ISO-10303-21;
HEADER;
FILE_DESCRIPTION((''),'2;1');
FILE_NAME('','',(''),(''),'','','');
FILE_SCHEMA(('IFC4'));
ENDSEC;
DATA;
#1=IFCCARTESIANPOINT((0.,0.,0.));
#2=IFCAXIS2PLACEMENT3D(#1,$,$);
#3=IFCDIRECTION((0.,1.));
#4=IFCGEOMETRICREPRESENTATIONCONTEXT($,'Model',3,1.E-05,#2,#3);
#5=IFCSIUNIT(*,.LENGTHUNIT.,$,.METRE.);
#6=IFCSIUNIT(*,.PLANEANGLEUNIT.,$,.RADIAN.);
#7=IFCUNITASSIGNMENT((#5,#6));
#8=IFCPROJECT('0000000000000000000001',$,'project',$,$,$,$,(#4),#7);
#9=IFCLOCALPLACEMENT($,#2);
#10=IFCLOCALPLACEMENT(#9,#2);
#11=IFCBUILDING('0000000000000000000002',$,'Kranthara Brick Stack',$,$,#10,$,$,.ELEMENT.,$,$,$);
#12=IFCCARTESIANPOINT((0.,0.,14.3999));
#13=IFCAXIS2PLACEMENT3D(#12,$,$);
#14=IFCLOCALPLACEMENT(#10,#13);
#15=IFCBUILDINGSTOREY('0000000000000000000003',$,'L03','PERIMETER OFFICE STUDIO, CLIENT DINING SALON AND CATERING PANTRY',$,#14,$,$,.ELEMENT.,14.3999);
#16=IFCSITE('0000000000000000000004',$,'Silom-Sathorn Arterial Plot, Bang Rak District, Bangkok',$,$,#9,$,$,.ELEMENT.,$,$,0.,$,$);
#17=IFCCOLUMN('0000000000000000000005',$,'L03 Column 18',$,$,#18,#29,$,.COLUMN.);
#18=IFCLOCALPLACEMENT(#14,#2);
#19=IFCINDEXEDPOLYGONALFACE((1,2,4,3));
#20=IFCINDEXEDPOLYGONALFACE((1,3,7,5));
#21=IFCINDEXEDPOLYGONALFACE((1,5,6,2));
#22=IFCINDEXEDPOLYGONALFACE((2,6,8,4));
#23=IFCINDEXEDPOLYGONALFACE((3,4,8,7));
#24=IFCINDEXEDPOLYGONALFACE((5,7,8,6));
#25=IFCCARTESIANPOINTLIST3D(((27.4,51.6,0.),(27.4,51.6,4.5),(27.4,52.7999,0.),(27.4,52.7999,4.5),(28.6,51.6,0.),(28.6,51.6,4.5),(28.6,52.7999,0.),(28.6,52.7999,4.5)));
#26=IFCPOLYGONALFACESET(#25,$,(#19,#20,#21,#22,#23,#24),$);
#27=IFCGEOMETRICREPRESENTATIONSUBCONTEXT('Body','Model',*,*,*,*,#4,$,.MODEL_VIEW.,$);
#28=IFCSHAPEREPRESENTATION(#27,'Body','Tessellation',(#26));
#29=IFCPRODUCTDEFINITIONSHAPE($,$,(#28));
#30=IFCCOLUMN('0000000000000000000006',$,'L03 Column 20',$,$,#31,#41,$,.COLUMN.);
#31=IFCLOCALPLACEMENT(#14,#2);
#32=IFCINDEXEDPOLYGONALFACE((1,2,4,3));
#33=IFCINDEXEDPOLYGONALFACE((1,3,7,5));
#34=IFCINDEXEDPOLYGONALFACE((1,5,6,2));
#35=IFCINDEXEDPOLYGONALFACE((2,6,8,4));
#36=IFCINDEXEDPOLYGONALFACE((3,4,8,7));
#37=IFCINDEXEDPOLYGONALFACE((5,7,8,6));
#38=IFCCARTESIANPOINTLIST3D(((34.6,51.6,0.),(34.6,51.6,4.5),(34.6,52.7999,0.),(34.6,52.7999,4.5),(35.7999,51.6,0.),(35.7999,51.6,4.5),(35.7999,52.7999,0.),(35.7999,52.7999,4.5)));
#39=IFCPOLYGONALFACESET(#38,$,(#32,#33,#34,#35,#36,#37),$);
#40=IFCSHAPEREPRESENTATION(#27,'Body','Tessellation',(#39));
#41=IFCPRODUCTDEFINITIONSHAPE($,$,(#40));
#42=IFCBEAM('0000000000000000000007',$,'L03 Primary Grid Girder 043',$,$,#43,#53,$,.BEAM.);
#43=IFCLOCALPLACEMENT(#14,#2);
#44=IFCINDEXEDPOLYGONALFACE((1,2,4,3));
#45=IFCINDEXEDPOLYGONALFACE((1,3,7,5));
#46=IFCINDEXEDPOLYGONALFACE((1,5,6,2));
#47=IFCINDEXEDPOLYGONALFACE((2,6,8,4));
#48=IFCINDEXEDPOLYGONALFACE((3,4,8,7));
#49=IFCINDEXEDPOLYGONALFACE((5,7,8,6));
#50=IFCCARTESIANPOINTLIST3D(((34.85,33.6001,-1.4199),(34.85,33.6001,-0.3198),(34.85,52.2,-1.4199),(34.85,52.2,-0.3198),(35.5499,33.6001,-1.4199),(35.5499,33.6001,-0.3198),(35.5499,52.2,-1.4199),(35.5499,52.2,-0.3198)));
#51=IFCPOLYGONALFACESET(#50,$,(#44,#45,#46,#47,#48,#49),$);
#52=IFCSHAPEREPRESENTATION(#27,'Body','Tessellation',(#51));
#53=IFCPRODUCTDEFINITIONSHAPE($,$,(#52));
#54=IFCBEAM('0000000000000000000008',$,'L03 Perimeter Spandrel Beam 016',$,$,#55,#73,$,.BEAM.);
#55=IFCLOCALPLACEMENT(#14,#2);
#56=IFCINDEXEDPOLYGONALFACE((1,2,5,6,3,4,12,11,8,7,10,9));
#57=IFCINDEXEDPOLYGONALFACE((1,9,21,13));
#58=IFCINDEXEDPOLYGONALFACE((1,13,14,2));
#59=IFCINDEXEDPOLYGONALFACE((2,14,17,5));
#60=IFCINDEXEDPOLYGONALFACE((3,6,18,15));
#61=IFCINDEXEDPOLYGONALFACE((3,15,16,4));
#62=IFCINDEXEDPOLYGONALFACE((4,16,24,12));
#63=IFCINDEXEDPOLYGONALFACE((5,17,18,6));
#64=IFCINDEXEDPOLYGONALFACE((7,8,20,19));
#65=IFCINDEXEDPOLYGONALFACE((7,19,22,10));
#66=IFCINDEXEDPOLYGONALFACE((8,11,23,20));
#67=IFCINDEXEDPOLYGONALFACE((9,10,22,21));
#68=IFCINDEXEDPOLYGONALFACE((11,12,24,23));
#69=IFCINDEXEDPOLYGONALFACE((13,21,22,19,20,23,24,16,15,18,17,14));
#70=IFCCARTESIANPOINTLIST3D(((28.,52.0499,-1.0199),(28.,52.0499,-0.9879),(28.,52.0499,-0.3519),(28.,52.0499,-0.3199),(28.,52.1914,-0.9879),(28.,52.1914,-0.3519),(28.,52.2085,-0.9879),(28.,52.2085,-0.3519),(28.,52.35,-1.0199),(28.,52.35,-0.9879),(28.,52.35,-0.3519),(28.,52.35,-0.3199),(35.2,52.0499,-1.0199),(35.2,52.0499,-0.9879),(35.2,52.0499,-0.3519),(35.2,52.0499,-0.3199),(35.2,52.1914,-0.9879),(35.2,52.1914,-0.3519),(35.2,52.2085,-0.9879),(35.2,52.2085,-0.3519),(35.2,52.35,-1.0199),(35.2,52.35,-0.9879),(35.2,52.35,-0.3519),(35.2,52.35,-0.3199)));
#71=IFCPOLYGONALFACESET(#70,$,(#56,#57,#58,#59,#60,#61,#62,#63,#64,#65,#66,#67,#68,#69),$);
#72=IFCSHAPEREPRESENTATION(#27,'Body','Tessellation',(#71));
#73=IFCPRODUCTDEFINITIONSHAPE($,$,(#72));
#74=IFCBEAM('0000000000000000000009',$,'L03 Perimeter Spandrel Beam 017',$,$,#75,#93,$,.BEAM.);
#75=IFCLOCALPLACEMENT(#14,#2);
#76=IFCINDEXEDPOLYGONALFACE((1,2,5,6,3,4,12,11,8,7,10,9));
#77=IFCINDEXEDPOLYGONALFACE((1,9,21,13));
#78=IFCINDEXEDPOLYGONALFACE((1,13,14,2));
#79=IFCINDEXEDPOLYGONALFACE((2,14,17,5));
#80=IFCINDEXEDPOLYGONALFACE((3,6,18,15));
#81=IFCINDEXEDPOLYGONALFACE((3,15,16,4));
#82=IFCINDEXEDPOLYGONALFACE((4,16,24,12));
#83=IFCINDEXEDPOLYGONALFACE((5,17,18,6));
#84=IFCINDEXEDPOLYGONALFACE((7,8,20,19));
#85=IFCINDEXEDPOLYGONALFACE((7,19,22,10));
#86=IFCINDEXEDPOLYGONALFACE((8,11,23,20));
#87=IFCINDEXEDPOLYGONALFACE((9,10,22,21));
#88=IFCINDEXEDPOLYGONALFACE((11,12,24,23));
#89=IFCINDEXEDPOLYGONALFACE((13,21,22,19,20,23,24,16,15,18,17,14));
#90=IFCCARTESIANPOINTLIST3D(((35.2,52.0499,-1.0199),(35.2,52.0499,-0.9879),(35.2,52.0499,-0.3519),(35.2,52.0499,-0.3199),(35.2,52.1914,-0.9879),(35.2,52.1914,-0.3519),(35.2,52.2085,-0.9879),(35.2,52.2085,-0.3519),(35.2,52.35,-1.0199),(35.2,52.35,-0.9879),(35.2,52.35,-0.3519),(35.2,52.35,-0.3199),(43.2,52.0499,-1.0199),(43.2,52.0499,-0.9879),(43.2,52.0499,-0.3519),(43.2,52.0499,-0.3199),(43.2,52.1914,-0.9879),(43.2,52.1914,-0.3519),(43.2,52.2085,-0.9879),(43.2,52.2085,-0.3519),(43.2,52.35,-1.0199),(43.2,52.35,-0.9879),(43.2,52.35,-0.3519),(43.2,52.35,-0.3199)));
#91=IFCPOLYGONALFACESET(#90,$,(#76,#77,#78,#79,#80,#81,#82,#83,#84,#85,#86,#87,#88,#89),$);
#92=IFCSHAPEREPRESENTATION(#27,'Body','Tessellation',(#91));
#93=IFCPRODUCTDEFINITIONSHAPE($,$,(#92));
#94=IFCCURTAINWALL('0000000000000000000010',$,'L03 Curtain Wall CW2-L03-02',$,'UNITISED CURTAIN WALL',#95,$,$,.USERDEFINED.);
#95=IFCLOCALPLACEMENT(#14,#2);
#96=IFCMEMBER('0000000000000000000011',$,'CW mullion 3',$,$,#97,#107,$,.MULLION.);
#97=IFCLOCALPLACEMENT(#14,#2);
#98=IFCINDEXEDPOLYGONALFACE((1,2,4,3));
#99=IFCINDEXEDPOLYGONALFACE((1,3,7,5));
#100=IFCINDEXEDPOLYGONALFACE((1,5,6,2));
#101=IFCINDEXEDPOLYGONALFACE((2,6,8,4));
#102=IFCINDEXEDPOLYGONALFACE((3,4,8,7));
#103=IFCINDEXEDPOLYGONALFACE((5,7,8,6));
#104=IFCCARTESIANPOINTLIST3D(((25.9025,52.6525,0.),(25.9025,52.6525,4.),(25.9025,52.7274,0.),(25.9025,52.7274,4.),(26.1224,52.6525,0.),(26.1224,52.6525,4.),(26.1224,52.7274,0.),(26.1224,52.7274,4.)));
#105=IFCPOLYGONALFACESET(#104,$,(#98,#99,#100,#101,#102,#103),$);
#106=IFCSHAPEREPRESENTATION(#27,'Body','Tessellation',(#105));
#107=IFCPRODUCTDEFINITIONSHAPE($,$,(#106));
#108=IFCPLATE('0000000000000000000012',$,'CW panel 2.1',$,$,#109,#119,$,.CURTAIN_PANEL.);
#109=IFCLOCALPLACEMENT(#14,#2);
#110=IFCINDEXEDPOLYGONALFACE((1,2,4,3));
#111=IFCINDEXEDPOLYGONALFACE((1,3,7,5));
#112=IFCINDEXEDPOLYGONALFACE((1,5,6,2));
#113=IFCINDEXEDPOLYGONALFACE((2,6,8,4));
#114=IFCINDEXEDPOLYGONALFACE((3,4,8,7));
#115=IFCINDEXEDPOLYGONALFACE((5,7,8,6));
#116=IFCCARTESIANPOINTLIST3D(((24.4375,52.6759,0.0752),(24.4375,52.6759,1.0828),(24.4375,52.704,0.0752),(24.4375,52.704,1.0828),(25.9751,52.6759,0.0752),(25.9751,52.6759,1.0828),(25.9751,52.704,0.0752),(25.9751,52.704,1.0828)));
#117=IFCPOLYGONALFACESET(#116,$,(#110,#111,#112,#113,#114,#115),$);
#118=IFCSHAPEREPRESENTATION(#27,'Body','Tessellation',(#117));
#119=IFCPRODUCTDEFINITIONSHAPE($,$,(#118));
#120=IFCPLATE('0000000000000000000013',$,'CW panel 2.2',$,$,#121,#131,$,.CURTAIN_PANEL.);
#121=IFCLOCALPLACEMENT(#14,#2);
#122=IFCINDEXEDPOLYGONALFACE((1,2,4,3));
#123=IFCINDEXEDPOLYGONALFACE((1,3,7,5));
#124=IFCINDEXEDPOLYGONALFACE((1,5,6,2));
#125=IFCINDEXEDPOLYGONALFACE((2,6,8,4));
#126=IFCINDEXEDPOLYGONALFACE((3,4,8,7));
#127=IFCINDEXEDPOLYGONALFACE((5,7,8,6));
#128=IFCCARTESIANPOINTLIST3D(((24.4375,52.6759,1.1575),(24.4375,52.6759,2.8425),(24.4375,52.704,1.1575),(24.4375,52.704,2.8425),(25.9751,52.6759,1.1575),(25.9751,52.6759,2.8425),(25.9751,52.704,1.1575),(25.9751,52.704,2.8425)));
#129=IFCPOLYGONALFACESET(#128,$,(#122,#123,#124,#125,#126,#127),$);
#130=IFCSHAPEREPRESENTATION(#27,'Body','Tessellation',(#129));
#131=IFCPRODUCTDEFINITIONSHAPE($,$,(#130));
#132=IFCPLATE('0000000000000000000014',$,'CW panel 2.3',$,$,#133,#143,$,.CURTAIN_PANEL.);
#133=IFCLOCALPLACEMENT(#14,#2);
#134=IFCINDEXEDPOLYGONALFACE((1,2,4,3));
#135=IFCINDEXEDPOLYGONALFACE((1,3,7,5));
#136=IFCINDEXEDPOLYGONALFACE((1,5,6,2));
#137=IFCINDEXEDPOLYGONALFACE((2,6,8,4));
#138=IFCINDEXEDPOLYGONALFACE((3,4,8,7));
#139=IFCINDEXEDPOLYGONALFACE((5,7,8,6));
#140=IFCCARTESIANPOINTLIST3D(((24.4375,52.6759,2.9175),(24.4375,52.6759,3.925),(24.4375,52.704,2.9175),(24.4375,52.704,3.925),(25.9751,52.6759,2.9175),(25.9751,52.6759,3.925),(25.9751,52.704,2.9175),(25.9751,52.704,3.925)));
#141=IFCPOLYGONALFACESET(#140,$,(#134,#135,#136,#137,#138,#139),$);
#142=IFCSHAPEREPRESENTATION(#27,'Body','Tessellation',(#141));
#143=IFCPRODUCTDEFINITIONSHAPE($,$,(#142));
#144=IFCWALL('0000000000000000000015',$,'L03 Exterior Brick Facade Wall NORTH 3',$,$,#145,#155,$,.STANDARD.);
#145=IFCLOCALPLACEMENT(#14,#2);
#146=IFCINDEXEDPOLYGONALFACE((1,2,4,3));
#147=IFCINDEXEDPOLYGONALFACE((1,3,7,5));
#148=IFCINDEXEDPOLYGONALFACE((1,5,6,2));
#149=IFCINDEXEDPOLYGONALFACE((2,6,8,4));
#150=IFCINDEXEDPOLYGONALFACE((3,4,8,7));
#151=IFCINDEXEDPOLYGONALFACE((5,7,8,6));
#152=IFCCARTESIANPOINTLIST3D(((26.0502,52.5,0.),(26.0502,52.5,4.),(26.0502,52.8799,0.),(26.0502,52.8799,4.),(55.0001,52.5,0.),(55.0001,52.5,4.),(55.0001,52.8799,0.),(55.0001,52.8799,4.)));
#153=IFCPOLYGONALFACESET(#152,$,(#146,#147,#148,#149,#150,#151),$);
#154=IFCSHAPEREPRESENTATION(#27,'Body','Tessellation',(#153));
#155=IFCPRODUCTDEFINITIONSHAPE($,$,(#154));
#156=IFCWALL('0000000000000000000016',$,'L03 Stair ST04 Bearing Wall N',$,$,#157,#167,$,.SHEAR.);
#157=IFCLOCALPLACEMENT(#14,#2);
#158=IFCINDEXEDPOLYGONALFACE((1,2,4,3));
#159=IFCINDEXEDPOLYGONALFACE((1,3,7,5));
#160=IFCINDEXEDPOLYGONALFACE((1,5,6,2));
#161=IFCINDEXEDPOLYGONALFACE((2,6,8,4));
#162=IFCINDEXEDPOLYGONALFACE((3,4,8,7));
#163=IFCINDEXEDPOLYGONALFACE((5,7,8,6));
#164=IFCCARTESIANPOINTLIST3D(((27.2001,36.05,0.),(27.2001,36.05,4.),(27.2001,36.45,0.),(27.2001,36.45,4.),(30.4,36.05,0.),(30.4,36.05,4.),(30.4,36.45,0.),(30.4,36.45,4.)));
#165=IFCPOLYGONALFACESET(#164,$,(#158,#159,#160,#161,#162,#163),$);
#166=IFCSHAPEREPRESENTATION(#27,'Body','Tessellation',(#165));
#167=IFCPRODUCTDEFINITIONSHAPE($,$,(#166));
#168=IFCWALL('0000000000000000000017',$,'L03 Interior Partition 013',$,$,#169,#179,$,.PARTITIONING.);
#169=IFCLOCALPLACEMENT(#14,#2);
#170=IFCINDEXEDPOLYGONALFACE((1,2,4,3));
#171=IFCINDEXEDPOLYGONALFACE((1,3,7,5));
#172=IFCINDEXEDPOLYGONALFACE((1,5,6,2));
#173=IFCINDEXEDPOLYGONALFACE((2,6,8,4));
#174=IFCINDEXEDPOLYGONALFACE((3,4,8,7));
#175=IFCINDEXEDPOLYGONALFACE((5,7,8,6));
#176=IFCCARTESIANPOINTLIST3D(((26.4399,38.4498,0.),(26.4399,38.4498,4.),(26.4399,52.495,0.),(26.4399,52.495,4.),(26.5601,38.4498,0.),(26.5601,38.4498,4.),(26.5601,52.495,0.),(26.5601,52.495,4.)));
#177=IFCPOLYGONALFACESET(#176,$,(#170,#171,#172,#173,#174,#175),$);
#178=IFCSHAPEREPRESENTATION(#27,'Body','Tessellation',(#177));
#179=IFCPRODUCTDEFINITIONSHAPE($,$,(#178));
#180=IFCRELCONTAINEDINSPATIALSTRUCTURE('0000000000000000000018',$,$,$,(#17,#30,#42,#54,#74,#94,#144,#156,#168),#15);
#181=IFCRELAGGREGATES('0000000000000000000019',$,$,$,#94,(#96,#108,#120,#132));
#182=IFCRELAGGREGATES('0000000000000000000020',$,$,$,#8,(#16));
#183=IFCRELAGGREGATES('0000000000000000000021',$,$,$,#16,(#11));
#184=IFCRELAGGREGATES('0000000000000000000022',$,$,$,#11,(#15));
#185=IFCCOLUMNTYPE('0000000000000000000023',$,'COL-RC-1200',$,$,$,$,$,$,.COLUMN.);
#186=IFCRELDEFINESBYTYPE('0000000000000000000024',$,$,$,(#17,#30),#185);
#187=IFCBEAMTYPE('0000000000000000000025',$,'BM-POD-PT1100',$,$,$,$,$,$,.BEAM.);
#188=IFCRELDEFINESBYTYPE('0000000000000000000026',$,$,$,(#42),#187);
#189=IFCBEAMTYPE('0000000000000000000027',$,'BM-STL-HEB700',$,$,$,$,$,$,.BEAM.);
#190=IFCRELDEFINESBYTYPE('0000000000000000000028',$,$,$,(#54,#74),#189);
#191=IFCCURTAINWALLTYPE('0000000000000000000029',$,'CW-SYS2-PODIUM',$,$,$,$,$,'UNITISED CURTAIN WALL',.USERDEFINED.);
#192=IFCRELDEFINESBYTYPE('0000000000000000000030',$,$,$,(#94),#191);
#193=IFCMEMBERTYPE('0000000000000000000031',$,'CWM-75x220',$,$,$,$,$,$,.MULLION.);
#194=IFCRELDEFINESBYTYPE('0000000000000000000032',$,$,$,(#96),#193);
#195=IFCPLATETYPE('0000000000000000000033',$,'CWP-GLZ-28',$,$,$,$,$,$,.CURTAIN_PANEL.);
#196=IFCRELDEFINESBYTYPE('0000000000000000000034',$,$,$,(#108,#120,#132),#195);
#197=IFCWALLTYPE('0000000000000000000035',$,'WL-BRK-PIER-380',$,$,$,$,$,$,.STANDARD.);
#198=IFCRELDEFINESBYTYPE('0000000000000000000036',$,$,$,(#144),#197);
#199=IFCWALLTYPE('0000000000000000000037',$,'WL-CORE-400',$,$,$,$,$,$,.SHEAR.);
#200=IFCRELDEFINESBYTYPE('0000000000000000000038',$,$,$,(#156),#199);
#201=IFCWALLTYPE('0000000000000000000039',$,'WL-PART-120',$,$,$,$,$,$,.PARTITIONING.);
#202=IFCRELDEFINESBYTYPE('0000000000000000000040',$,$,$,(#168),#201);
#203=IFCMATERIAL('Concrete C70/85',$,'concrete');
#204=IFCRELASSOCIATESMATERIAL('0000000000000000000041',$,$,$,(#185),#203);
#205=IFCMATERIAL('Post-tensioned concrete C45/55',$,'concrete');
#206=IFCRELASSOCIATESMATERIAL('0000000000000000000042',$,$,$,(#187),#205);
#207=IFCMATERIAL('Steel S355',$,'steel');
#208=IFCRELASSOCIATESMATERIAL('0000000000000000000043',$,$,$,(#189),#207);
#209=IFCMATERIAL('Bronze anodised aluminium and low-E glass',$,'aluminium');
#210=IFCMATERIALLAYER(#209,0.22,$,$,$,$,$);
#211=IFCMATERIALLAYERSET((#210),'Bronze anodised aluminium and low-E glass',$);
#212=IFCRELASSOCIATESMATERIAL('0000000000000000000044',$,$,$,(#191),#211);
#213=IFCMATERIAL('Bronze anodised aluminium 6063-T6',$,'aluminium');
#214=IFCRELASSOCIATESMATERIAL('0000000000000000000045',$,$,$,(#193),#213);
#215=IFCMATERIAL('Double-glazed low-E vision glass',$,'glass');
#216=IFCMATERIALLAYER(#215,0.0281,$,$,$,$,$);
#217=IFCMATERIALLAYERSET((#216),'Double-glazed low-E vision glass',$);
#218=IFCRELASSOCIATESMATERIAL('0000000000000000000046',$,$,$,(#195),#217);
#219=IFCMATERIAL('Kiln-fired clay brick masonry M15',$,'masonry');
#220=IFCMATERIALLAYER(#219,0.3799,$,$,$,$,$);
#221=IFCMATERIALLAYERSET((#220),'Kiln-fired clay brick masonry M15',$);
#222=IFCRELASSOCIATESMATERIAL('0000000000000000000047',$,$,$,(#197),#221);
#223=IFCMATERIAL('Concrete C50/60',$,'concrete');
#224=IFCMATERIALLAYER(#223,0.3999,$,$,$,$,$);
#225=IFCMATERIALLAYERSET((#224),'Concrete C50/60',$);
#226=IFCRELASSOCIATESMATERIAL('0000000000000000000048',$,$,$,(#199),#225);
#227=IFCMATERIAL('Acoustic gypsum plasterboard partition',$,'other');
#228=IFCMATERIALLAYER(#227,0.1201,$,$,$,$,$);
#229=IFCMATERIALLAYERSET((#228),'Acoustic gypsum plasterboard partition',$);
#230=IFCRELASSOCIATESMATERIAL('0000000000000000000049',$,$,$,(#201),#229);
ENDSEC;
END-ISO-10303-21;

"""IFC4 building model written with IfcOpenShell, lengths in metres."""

from ifc_helpers import new_model, si_unit, direction, frame, frame_2d, origin, origin_2d, place, context, subcontext, project, spatial, rectangle, i_section, extrude, material, layer, layer_set, material_profile, profile_set, type_object, element, aggregate, save


model = new_model("IFC4")

# Units and contexts
model_context = context("Model", 3, precision=1e-05, world=origin(), true_north=direction((0.0, 1.0)))
body_context = subcontext(model_context, "Body", "Model", "MODEL_VIEW")
ifc_project = project(units=[si_unit("LENGTHUNIT", "METRE"), si_unit("PLANEANGLEUNIT", "RADIAN")], contexts=[model_context])

# Site, building, storey
site_placement = place(None, origin())
site = spatial("IfcSite", under=ifc_project, at=site_placement, Name="Silom-Sathorn Arterial Plot, Bang Rak District, Bangkok", CompositionType="ELEMENT", RefElevation=0.0)
building_placement = place(site_placement, origin())
building = spatial("IfcBuilding", under=site, at=building_placement, Name="Kranthara Brick Stack", CompositionType="ELEMENT")
storey_placement = place(building_placement, frame((0.0, 0.0, 14.3999)))
storey = spatial("IfcBuildingStorey", under=building, at=storey_placement, Name="L03", Description="PERIMETER OFFICE STUDIO, CLIENT DINING SALON AND CATERING PANTRY", CompositionType="ELEMENT", Elevation=14.3999)

# Columns
ifc_material_1 = material(Name="Concrete C70/85", Category="concrete")
ifc_material_profile_1 = material_profile(ifc_material_1, rectangle(XDim=1.2, YDim=1.2, at=origin_2d()), Name="RC 1200x1200")
ifc_profile_set_1 = profile_set([ifc_material_profile_1], Name="Concrete C70/85")
column_type = type_object("IfcColumnType", Name="COL-RC-1200", PredefinedType="COLUMN", material=ifc_profile_set_1)
for number, where, z_axis, x_axis, name in (
    (1, (28.0, 52.2, 0.0), (0.0, 0.0, 1.0), (1.0, 0.0, 0.0), "L03 Column 18"),
    (2, (35.2, 52.2, 0.0), (0.0, 0.0, 1.0), (1.0, 0.0, 0.0), "L03 Column 20"),
):
    element("IfcColumn", number, at=place(storey_placement, frame(where, z_axis=z_axis, x_axis=x_axis)), inside=storey, type_object=column_type, Name=name, PredefinedType="COLUMN", context=body_context, shape_type="SweptSolid", body=[
        extrude(rectangle(XDim=1.2, YDim=1.2, at=origin_2d()), origin(), (0.0, 0.0, 1.0), 4.5),
    ])

# Beams
ifc_material_2 = material(Name="Post-tensioned concrete C45/55", Category="concrete")
ifc_material_profile_2 = material_profile(ifc_material_2, rectangle(XDim=0.7, YDim=1.1001, at=origin_2d()), Name="PT 700x1100")
ifc_profile_set_2 = profile_set([ifc_material_profile_2], Name="Post-tensioned concrete C45/55")
beam_type_1 = type_object("IfcBeamType", Name="BM-POD-PT1100", PredefinedType="BEAM", material=ifc_profile_set_2)
beam_1_placement = place(storey_placement, frame((35.2, 33.6001, -0.8699), z_axis=(0.0, 1.0, 0.0), x_axis=(-1.0, 0.0, 0.0)))
element("IfcBeam", 3, at=beam_1_placement, inside=storey, type_object=beam_type_1, Name="L03 Primary Grid Girder 043", PredefinedType="BEAM", context=body_context, shape_type="SweptSolid", body=[
    extrude(rectangle(XDim=0.7, YDim=1.1001, at=origin_2d()), origin(), (0.0, 0.0, 1.0), 18.5999),
])
ifc_material_3 = material(Name="Steel S355", Category="steel")
ifc_material_profile_3 = material_profile(ifc_material_3, i_section(OverallWidth=0.3, OverallDepth=0.7, WebThickness=0.0171, FlangeThickness=0.032, at=origin_2d()), Name="HEB 700")
ifc_profile_set_3 = profile_set([ifc_material_profile_3], Name="Steel S355")
beam_type_2 = type_object("IfcBeamType", Name="BM-STL-HEB700", PredefinedType="BEAM", material=ifc_profile_set_3)
beam_2_placement = place(storey_placement, frame((28.0, 52.2, -0.6699), z_axis=(1.0, 0.0, 0.0), x_axis=(0.0, 1.0, 0.0)))
element("IfcBeam", 4, at=beam_2_placement, inside=storey, type_object=beam_type_2, Name="L03 Perimeter Spandrel Beam 016", PredefinedType="BEAM", context=body_context, shape_type="SweptSolid", body=[
    extrude(i_section(OverallWidth=0.3, OverallDepth=0.7, WebThickness=0.0171, FlangeThickness=0.032, at=origin_2d()), origin(), (0.0, 0.0, 1.0), 7.2),
])
beam_3_placement = place(storey_placement, frame((35.2, 52.2, -0.6699), z_axis=(1.0, 0.0, 0.0), x_axis=(0.0, 1.0, 0.0)))
element("IfcBeam", 5, at=beam_3_placement, inside=storey, type_object=beam_type_2, Name="L03 Perimeter Spandrel Beam 017", PredefinedType="BEAM", context=body_context, shape_type="SweptSolid", body=[
    extrude(i_section(OverallWidth=0.3, OverallDepth=0.7, WebThickness=0.0171, FlangeThickness=0.032, at=origin_2d()), origin(), (0.0, 0.0, 1.0), 8.0),
])

# Curtain wall, member, plates
ifc_material_4 = material(Name="Bronze anodised aluminium and low-E glass", Category="aluminium")
ifc_layer_1 = layer(ifc_material_4, 0.22)
ifc_layer_set_1 = layer_set([ifc_layer_1], Name="Bronze anodised aluminium and low-E glass")
curtain_wall_type = type_object("IfcCurtainWallType", Name="CW-SYS2-PODIUM", ElementType="UNITISED CURTAIN WALL", PredefinedType="USERDEFINED", material=ifc_layer_set_1)
curtain_wall_placement = place(storey_placement, origin())
curtain_wall = element("IfcCurtainWall", 6, at=curtain_wall_placement, inside=storey, type_object=curtain_wall_type, Name="L03 Curtain Wall CW2-L03-02", ObjectType="UNITISED CURTAIN WALL", PredefinedType="USERDEFINED")
ifc_material_5 = material(Name="Bronze anodised aluminium 6063-T6", Category="aluminium")
ifc_material_profile_4 = material_profile(ifc_material_5, rectangle(XDim=0.075, YDim=0.22, at=origin_2d()), Name="ALU MULLION 75x220")
ifc_profile_set_4 = profile_set([ifc_material_profile_4], Name="Bronze anodised aluminium 6063-T6")
member_type = type_object("IfcMemberType", Name="CWM-75x220", PredefinedType="MULLION", material=ifc_profile_set_4)
member_placement = place(storey_placement, frame((26.0125, 52.6899, 0.0), z_axis=(0.0, 0.0, 1.0), x_axis=(0.0, 1.0, 0.0)))
member = element("IfcMember", 7, at=member_placement, type_object=member_type, Name="CW mullion 3", PredefinedType="MULLION", context=body_context, shape_type="SweptSolid", body=[
    extrude(rectangle(XDim=0.075, YDim=0.22, at=origin_2d()), origin(), (0.0, 0.0, 1.0), 4.0),
])
ifc_material_6 = material(Name="Double-glazed low-E vision glass", Category="glass")
ifc_layer_2 = layer(ifc_material_6, 0.0281)
ifc_layer_set_2 = layer_set([ifc_layer_2], Name="Double-glazed low-E vision glass")
plate_type = type_object("IfcPlateType", Name="CWP-GLZ-28", PredefinedType="CURTAIN_PANEL", material=ifc_layer_set_2)
plate_1_placement = place(storey_placement, frame((25.2063, 52.6899, 0.0752), z_axis=(0.0, 0.0, 1.0), x_axis=(1.0, 0.0, 0.0)))
plate_1 = element("IfcPlate", 8, at=plate_1_placement, type_object=plate_type, Name="CW panel 2.1", PredefinedType="CURTAIN_PANEL", context=body_context, shape_type="SweptSolid", body=[
    extrude(rectangle(XDim=1.5376, YDim=0.0281, at=origin_2d()), origin(), (0.0, 0.0, 1.0), 1.0076),
])
plate_2_placement = place(storey_placement, frame((25.2063, 52.6899, 1.1575), z_axis=(0.0, 0.0, 1.0), x_axis=(1.0, 0.0, 0.0)))
plate_2 = element("IfcPlate", 9, at=plate_2_placement, type_object=plate_type, Name="CW panel 2.2", PredefinedType="CURTAIN_PANEL", context=body_context, shape_type="SweptSolid", body=[
    extrude(rectangle(XDim=1.5376, YDim=0.0281, at=origin_2d()), origin(), (0.0, 0.0, 1.0), 1.6851),
])
plate_3_placement = place(storey_placement, frame((25.2063, 52.6899, 2.9175), z_axis=(0.0, 0.0, 1.0), x_axis=(1.0, 0.0, 0.0)))
plate_3 = element("IfcPlate", 10, at=plate_3_placement, type_object=plate_type, Name="CW panel 2.3", PredefinedType="CURTAIN_PANEL", context=body_context, shape_type="SweptSolid", body=[
    extrude(rectangle(XDim=1.5376, YDim=0.0281, at=origin_2d()), origin(), (0.0, 0.0, 1.0), 1.0076),
])
aggregate(curtain_wall, [member, plate_1, plate_2, plate_3])

# Walls
ifc_material_7 = material(Name="Kiln-fired clay brick masonry M15", Category="masonry")
ifc_layer_3 = layer(ifc_material_7, 0.3799)
ifc_layer_set_3 = layer_set([ifc_layer_3], Name="Kiln-fired clay brick masonry M15")
wall_type_1 = type_object("IfcWallType", Name="WL-BRK-PIER-380", PredefinedType="STANDARD", material=ifc_layer_set_3)
wall_1_placement = place(storey_placement, frame((26.05, 52.6899, 0.0), z_axis=(0.0, 0.0, 1.0), x_axis=(1.0, 0.0, 0.0)))
element("IfcWall", 11, at=wall_1_placement, inside=storey, type_object=wall_type_1, Name="L03 Exterior Brick Facade Wall NORTH 3", PredefinedType="STANDARD", context=body_context, shape_type="SweptSolid", body=[
    extrude(rectangle(XDim=28.95, YDim=0.3799, at=frame_2d((14.4751, 0.0))), origin(), (0.0, 0.0, 1.0), 4.0),
])
ifc_material_8 = material(Name="Concrete C50/60", Category="concrete")
ifc_layer_4 = layer(ifc_material_8, 0.3999)
ifc_layer_set_4 = layer_set([ifc_layer_4], Name="Concrete C50/60")
wall_type_2 = type_object("IfcWallType", Name="WL-CORE-400", PredefinedType="SHEAR", material=ifc_layer_set_4)
wall_2_placement = place(storey_placement, frame((27.2, 36.25, 0.0), z_axis=(0.0, 0.0, 1.0), x_axis=(1.0, 0.0, 0.0)))
element("IfcWall", 12, at=wall_2_placement, inside=storey, type_object=wall_type_2, Name="L03 Stair ST04 Bearing Wall N", PredefinedType="SHEAR", context=body_context, shape_type="SweptSolid", body=[
    extrude(rectangle(XDim=3.2, YDim=0.3999, at=frame_2d((1.6001, 0.0))), origin(), (0.0, 0.0, 1.0), 4.0),
])

# Wall
ifc_material_9 = material(Name="Acoustic gypsum plasterboard partition", Category="other")
ifc_layer_5 = layer(ifc_material_9, 0.1201)
ifc_layer_set_5 = layer_set([ifc_layer_5], Name="Acoustic gypsum plasterboard partition")
wall_type_3 = type_object("IfcWallType", Name="WL-PART-120", PredefinedType="PARTITIONING", material=ifc_layer_set_5)
for number, where, z_axis, x_axis, name in (
    (13, (26.5, 38.45, 0.0), (0.0, 0.0, 1.0), (0.0, 1.0, 0.0), "L03 Interior Partition 013"),
):
    element("IfcWall", number, at=place(storey_placement, frame(where, z_axis=z_axis, x_axis=x_axis)), inside=storey, type_object=wall_type_3, Name=name, PredefinedType="PARTITIONING", context=body_context, shape_type="SweptSolid", body=[
        extrude(rectangle(XDim=14.0452, YDim=0.1201, at=frame_2d((7.0225, 0.0))), origin(), (0.0, 0.0, 1.0), 4.0),
    ])

save(model, "model.ifc")
